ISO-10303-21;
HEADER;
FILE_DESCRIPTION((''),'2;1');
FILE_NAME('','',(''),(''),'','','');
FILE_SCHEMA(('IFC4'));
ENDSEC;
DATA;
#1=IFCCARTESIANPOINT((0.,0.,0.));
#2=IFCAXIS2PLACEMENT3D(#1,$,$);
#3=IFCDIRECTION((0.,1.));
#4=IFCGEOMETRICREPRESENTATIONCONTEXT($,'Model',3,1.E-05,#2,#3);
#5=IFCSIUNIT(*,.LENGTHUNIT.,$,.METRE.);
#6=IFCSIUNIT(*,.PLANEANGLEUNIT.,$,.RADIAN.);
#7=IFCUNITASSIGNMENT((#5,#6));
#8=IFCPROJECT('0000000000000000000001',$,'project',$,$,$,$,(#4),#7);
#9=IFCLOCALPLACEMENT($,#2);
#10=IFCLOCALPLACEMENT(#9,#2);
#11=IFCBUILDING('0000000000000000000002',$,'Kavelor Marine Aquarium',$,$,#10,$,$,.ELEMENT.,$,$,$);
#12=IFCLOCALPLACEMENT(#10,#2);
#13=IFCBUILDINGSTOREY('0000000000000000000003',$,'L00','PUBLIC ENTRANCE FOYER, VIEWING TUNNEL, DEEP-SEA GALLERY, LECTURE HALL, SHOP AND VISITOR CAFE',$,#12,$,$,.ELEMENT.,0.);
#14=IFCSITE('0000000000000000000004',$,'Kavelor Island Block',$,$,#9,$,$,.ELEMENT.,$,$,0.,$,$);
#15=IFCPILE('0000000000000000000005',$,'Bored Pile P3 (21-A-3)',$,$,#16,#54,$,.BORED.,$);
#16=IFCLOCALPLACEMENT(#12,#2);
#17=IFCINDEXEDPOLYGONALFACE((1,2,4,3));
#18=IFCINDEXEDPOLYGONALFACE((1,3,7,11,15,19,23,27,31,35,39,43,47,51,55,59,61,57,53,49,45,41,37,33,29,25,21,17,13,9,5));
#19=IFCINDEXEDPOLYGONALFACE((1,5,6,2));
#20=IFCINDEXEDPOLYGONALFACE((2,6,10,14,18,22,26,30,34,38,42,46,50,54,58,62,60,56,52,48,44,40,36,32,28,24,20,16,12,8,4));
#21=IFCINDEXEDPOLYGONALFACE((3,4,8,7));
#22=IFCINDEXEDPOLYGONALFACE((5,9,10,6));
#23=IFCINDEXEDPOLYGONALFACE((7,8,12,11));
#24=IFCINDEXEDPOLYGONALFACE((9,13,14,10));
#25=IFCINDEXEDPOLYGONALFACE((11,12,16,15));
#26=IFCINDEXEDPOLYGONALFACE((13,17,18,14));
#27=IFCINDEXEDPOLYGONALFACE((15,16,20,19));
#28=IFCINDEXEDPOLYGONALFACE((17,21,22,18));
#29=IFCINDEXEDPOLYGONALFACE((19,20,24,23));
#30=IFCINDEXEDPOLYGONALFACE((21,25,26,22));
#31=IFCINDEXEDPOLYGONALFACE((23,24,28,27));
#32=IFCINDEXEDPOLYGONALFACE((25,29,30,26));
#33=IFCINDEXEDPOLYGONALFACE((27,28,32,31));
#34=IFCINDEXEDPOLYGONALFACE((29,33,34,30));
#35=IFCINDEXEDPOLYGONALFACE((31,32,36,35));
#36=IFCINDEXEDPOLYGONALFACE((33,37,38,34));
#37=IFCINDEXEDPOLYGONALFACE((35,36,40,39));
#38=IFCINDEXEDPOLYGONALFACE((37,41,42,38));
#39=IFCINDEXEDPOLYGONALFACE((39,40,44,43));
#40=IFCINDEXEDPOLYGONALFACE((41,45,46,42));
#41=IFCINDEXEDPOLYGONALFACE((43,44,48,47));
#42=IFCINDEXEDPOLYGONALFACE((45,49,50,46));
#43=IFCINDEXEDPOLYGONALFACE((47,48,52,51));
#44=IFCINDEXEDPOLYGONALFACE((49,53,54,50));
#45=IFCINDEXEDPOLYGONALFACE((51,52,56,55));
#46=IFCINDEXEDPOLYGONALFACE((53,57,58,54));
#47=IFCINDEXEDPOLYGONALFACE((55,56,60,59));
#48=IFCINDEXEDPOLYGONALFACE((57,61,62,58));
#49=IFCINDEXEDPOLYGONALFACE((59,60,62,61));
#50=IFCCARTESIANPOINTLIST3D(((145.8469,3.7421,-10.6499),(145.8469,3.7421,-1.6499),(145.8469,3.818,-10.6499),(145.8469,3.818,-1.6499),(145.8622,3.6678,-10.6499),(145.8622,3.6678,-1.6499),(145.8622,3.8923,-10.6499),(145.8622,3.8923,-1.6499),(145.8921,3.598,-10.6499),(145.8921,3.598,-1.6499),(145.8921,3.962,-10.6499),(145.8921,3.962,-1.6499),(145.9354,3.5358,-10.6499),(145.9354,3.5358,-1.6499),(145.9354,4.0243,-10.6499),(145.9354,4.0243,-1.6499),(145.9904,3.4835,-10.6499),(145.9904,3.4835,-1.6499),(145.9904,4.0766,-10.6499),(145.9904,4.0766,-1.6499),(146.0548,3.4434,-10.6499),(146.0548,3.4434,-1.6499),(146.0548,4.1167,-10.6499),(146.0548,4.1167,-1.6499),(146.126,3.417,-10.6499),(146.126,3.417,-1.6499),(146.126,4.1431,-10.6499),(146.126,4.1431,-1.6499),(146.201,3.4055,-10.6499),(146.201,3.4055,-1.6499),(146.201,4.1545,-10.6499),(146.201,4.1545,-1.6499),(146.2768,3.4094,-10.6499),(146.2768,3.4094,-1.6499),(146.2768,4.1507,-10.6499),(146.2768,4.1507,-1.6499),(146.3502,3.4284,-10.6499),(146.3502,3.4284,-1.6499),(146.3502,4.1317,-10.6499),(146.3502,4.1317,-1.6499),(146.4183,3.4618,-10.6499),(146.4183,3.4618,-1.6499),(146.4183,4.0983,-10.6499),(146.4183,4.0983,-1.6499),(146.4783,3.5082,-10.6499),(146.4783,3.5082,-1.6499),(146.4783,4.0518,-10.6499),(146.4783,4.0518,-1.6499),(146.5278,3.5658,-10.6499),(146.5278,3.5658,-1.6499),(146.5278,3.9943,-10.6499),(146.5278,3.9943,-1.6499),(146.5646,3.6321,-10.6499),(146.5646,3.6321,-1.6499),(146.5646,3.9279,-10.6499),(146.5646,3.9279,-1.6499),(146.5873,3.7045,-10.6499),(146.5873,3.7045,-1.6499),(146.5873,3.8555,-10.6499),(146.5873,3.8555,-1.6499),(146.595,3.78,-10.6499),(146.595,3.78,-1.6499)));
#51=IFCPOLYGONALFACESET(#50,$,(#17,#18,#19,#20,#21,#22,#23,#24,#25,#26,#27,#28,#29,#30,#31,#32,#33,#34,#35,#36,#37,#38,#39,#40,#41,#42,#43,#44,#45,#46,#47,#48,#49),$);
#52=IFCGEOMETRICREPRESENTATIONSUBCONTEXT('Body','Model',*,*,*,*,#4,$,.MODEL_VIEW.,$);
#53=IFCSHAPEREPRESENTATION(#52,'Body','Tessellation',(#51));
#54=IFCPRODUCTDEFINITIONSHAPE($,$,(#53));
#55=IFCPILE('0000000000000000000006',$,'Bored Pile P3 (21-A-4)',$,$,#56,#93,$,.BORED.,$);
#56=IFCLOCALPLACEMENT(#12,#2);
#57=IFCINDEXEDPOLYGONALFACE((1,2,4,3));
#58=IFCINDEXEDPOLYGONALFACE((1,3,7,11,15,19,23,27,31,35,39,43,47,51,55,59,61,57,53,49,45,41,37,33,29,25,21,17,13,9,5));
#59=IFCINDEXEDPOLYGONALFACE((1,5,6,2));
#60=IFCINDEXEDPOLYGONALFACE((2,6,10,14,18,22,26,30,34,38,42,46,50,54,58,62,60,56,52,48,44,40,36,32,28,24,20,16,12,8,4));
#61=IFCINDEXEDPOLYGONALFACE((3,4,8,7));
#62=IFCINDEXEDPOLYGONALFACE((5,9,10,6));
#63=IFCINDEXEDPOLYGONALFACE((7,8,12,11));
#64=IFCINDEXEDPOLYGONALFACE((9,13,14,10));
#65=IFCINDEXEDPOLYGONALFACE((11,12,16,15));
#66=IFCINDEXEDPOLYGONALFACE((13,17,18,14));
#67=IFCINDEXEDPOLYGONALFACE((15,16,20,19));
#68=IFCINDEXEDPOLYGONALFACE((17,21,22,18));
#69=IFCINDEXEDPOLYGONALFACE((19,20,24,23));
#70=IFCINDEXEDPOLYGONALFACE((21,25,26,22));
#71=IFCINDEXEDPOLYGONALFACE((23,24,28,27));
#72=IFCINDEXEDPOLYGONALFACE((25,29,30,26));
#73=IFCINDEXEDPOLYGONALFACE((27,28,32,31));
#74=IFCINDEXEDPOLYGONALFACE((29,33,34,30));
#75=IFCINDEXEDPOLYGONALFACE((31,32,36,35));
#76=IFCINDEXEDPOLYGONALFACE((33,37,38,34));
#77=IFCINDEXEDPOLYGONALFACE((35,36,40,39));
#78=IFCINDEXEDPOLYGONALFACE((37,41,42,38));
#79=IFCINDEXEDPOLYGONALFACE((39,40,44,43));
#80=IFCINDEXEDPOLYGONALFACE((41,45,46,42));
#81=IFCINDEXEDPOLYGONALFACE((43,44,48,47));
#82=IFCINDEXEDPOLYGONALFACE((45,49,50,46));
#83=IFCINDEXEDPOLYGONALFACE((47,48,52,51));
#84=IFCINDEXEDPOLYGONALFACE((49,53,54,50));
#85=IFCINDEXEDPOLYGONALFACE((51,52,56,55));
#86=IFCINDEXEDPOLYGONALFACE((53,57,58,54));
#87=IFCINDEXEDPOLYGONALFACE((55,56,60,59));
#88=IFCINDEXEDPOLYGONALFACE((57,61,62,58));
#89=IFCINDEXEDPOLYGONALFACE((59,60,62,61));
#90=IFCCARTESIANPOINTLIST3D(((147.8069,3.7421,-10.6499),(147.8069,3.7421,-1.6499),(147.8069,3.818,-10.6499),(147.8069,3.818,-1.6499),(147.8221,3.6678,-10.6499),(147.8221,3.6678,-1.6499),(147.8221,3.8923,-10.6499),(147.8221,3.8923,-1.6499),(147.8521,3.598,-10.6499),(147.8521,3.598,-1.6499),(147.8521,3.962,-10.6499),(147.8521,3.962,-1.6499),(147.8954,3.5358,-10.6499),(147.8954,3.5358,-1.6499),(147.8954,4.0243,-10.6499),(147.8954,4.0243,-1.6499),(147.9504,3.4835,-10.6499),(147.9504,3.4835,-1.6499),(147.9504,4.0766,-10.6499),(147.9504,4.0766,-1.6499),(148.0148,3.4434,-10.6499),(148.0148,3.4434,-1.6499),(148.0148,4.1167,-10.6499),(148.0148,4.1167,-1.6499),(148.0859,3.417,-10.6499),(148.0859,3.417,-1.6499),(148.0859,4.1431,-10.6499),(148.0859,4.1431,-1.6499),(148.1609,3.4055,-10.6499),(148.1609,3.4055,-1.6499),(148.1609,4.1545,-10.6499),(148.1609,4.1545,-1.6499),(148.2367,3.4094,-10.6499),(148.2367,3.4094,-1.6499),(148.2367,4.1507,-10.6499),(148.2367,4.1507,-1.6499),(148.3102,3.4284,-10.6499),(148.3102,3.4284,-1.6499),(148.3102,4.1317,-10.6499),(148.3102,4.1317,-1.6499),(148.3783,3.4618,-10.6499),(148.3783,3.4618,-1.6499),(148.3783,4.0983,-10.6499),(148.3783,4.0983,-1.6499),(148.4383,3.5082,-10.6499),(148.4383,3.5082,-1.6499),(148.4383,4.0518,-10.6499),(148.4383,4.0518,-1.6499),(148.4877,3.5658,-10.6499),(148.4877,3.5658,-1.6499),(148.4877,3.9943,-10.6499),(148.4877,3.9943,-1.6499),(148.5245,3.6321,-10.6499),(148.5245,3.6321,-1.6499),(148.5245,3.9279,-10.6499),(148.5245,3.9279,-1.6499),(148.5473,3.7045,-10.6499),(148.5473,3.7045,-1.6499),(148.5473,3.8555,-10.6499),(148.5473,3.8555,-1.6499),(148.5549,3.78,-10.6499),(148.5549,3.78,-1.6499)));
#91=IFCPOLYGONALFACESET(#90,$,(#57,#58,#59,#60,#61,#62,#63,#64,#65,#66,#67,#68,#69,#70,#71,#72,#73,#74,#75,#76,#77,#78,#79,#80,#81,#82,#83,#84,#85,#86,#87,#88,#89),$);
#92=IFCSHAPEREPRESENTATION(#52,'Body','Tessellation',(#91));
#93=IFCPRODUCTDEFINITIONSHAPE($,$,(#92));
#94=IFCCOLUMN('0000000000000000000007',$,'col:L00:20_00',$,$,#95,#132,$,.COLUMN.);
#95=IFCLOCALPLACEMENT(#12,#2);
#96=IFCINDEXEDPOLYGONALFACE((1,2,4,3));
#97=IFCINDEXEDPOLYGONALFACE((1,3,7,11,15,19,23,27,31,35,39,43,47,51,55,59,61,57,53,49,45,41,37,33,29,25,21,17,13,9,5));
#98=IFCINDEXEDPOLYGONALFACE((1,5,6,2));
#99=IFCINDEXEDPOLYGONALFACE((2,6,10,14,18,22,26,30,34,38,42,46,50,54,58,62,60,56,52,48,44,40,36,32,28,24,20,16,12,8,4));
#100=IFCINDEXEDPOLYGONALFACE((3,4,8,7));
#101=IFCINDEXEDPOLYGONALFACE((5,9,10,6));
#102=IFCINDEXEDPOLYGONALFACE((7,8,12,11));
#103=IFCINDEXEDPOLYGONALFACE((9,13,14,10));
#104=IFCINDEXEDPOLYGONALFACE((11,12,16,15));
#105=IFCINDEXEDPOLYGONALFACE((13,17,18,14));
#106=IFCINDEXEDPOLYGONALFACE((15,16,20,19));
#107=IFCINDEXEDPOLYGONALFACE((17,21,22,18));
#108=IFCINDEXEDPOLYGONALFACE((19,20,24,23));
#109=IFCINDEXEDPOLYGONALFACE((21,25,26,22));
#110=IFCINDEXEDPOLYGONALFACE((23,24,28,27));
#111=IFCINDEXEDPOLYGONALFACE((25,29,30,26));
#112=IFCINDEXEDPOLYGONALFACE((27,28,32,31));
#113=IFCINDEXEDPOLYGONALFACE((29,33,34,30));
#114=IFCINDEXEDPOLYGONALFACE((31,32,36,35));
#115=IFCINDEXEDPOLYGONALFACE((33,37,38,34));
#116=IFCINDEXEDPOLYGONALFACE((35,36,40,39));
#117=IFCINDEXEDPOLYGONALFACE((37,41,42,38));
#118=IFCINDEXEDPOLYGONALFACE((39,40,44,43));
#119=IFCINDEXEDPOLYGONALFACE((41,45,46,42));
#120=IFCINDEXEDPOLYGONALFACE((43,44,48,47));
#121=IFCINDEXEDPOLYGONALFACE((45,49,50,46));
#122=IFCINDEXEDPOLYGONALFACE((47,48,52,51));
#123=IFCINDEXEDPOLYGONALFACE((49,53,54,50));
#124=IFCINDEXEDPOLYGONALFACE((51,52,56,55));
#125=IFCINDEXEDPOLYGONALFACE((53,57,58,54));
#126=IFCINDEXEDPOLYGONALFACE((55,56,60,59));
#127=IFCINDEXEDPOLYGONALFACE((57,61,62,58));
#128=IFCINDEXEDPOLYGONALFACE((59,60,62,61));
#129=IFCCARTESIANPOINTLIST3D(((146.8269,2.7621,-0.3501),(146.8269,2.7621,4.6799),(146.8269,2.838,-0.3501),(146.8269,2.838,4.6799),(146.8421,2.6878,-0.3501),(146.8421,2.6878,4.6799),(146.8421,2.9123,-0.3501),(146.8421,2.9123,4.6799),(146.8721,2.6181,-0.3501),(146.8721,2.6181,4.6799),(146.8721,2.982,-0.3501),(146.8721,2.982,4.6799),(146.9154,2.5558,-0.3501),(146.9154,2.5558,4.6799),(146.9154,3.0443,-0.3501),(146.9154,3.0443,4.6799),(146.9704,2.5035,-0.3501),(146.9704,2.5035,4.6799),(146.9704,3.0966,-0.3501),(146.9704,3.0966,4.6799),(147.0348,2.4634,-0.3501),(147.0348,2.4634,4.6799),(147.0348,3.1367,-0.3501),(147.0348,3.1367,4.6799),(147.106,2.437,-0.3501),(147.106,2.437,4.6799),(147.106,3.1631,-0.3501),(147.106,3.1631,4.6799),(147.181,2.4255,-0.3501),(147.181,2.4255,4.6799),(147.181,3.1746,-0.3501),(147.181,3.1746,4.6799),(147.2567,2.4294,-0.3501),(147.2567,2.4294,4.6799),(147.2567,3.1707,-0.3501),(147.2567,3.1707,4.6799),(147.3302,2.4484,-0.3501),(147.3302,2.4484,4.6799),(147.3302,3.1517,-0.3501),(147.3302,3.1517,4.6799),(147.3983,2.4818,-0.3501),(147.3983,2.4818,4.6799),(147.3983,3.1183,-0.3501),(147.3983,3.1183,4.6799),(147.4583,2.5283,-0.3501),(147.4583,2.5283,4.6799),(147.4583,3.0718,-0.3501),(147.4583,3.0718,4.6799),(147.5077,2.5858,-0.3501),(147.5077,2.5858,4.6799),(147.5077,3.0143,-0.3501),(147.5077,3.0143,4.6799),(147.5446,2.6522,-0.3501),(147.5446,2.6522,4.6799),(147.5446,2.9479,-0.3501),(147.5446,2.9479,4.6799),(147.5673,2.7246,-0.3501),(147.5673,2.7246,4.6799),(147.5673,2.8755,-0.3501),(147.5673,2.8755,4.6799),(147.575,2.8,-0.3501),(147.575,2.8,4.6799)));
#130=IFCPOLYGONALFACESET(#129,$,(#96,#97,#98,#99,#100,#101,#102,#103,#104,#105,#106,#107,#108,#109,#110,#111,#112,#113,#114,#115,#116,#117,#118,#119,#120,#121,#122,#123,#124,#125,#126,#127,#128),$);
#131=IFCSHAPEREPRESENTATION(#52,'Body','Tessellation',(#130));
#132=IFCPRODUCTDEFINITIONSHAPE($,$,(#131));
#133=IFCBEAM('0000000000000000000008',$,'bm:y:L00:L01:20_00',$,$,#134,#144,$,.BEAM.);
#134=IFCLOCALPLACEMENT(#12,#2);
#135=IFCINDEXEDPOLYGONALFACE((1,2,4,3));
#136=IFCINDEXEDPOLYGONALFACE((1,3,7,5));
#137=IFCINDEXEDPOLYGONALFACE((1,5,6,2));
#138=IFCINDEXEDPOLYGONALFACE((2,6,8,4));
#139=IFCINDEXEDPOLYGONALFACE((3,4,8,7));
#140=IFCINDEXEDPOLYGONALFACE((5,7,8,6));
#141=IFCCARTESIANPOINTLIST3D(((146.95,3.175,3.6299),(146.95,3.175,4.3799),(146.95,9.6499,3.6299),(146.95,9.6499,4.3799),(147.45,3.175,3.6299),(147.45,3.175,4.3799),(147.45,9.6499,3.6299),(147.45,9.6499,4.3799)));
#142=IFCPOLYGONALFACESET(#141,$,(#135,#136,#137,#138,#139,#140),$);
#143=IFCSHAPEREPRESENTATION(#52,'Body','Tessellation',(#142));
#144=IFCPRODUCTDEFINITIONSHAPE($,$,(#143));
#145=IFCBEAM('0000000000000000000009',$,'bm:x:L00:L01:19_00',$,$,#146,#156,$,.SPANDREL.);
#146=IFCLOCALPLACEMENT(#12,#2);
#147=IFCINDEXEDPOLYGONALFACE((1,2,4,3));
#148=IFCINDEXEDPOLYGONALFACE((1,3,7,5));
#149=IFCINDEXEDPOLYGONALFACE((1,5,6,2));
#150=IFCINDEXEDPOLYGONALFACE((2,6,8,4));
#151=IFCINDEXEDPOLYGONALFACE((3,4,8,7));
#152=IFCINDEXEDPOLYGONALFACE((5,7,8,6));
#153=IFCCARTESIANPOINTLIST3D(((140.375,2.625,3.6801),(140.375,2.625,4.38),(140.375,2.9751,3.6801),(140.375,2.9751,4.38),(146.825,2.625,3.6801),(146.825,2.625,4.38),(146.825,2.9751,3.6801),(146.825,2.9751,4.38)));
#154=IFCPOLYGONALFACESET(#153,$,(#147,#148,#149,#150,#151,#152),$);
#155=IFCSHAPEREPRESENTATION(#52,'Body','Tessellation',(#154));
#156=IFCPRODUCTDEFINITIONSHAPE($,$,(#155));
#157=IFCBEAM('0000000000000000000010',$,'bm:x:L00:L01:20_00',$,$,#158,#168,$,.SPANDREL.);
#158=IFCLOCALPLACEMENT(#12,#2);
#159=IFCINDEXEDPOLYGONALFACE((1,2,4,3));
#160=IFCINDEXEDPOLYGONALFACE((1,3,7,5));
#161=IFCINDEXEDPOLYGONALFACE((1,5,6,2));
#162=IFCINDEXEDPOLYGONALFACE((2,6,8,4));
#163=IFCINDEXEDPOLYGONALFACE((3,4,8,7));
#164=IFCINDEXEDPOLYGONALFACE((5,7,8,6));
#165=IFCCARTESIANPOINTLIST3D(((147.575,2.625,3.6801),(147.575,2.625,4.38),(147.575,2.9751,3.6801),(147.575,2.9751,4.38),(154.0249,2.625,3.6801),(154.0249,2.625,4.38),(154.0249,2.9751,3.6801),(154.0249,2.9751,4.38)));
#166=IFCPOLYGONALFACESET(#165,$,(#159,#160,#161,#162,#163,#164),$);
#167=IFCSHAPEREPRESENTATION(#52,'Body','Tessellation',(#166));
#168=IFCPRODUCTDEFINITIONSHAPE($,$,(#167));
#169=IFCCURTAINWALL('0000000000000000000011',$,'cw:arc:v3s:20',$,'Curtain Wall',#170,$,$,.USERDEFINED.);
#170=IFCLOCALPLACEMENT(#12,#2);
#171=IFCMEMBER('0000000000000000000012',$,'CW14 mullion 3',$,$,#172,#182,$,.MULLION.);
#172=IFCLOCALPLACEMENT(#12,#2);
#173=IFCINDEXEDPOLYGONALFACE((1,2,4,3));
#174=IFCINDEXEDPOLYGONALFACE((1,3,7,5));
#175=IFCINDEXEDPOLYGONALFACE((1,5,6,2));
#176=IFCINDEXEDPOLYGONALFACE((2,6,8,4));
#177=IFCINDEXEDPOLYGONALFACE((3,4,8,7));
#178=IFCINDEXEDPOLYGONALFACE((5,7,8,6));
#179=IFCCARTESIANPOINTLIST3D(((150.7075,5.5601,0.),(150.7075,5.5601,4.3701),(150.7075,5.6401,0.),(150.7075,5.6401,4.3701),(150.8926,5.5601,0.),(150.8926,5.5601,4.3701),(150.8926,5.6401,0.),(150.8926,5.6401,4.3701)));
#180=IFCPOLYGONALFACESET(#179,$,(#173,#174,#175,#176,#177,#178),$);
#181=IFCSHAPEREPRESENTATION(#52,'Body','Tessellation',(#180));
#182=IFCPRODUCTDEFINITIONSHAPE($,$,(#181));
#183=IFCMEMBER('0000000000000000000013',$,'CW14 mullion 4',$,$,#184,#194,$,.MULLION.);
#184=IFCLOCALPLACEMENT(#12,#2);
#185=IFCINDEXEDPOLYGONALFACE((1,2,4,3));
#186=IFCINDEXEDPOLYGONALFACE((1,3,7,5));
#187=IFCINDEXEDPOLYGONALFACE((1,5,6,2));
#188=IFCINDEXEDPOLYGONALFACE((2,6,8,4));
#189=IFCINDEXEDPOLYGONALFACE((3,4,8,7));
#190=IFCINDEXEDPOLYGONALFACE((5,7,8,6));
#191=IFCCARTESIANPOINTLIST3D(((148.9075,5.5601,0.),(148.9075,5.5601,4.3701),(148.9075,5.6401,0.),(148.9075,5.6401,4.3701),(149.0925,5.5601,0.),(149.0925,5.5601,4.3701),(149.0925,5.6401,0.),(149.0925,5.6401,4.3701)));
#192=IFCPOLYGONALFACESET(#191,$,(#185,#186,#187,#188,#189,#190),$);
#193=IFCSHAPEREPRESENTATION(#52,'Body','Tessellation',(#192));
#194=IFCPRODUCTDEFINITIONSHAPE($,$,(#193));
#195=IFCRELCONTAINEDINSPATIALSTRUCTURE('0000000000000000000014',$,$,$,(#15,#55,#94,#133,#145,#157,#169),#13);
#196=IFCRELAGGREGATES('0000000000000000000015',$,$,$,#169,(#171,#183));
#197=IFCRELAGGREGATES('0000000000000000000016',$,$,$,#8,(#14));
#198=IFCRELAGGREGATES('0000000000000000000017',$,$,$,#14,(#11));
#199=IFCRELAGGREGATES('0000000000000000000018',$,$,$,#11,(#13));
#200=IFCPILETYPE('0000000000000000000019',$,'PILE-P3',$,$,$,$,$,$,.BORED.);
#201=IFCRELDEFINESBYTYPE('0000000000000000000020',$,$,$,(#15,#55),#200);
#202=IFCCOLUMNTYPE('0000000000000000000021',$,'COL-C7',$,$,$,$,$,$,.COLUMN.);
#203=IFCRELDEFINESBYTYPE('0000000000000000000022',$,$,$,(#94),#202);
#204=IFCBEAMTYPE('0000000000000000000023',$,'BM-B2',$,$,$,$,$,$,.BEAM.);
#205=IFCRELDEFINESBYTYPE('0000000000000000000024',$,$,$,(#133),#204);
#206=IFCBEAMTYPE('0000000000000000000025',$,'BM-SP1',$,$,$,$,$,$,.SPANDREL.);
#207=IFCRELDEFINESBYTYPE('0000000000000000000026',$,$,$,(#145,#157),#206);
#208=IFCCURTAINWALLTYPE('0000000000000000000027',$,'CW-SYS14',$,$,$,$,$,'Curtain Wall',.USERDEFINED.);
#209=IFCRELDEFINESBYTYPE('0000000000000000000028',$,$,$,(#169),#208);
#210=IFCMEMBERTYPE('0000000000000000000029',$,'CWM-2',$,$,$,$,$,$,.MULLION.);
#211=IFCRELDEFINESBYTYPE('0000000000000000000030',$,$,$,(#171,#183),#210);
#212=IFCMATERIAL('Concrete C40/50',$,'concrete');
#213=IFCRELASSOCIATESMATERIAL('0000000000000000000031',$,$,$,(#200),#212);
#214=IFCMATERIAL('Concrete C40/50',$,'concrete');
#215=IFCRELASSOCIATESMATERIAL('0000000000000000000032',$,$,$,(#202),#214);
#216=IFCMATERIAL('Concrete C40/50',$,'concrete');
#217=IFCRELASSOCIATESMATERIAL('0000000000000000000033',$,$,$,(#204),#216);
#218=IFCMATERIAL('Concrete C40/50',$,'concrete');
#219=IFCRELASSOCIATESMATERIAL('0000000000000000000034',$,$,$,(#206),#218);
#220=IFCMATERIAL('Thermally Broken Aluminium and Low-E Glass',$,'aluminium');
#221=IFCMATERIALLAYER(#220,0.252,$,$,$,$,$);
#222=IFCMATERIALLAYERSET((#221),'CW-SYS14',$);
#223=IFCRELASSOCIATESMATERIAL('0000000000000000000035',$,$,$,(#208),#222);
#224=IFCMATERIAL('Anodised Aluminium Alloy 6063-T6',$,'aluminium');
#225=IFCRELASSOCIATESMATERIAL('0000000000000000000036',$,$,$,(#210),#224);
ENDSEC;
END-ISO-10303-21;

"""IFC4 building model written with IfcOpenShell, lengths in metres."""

from ifc_helpers import new_model, si_unit, direction, frame, origin, origin_2d, place, context, subcontext, project, spatial, rectangle, circle, extrude, material, layer, layer_set, material_profile, profile_set, type_object, element, aggregate, save


model = new_model("IFC4")

# Units and contexts
model_context = context("Model", 3, precision=1e-05, world=origin(), true_north=direction((0.0, 1.0)))
body_context = subcontext(model_context, "Body", "Model", "MODEL_VIEW")
ifc_project = project(units=[si_unit("LENGTHUNIT", "METRE"), si_unit("PLANEANGLEUNIT", "RADIAN")], contexts=[model_context])

# Site, building, storey
site_placement = place(None, origin())
site = spatial("IfcSite", under=ifc_project, at=site_placement, Name="Kavelor Island Block", CompositionType="ELEMENT", RefElevation=0.0)
building_placement = place(site_placement, origin())
building = spatial("IfcBuilding", under=site, at=building_placement, Name="Kavelor Marine Aquarium", CompositionType="ELEMENT")
storey_placement = place(building_placement, origin())
storey = spatial("IfcBuildingStorey", under=building, at=storey_placement, Name="L00", Description="PUBLIC ENTRANCE FOYER, VIEWING TUNNEL, DEEP-SEA GALLERY, LECTURE HALL, SHOP AND VISITOR CAFE", CompositionType="ELEMENT", Elevation=0.0)

# Piles
ifc_material_1 = material(Name="Concrete C40/50", Category="concrete")
ifc_material_profile_1 = material_profile(ifc_material_1, circle(Radius=0.375, at=origin_2d()), Name="PILE D750")
ifc_profile_set_1 = profile_set([ifc_material_profile_1], Name="Concrete C40/50")
pile_type = type_object("IfcPileType", Name="PILE-P3", PredefinedType="BORED", material=ifc_profile_set_1)
for number, where, z_axis, x_axis, name in (
    (1, (146.22, 3.78, -1.6499), (0.0, 0.0, -1.0), (1.0, 0.0, 0.0), "Bored Pile P3 (21-A-3)"),
    (2, (148.1799, 3.78, -1.6499), (0.0, 0.0, -1.0), (1.0, 0.0, 0.0), "Bored Pile P3 (21-A-4)"),
):
    element("IfcPile", number, at=place(storey_placement, frame(where, z_axis=z_axis, x_axis=x_axis)), inside=storey, type_object=pile_type, Name=name, PredefinedType="BORED", context=body_context, shape_type="SweptSolid", body=[
        extrude(circle(Radius=0.375, at=origin_2d()), origin(), (0.0, 0.0, 1.0), 9.0),
    ])

# Column
ifc_material_2 = material(Name="Concrete C40/50", Category="concrete")
ifc_material_profile_2 = material_profile(ifc_material_2, circle(Radius=0.375, at=origin_2d()), Name="RC-COL D750")
ifc_profile_set_2 = profile_set([ifc_material_profile_2], Name="Concrete C40/50")
column_type = type_object("IfcColumnType", Name="COL-C7", PredefinedType="COLUMN", material=ifc_profile_set_2)
column_placement = place(storey_placement, frame((147.2, 2.8, -0.3501), z_axis=(0.0, 0.0, 1.0), x_axis=(1.0, 0.0, 0.0)))
element("IfcColumn", 3, at=column_placement, inside=storey, type_object=column_type, Name="col:L00:20_00", PredefinedType="COLUMN", context=body_context, shape_type="SweptSolid", body=[
    extrude(circle(Radius=0.375, at=origin_2d()), origin(), (0.0, 0.0, 1.0), 5.03),
])

# Beams
ifc_material_3 = material(Name="Concrete C40/50", Category="concrete")
ifc_material_profile_3 = material_profile(ifc_material_3, rectangle(XDim=0.5, YDim=0.75, at=origin_2d()), Name="RC-BM 500x750")
ifc_profile_set_3 = profile_set([ifc_material_profile_3], Name="Concrete C40/50")
beam_type_1 = type_object("IfcBeamType", Name="BM-B2", PredefinedType="BEAM", material=ifc_profile_set_3)
beam_placement = place(storey_placement, frame((147.2, 3.175, 4.0049), z_axis=(0.0, 1.0, 0.0), x_axis=(-1.0, 0.0, 0.0)))
element("IfcBeam", 4, at=beam_placement, inside=storey, type_object=beam_type_1, Name="bm:y:L00:L01:20_00", PredefinedType="BEAM", context=body_context, shape_type="SweptSolid", body=[
    extrude(rectangle(XDim=0.5, YDim=0.75, at=origin_2d()), origin(), (0.0, 0.0, 1.0), 6.4749),
])
ifc_material_4 = material(Name="Concrete C40/50", Category="concrete")
ifc_material_profile_4 = material_profile(ifc_material_4, rectangle(XDim=0.3501, YDim=0.7, at=origin_2d()), Name="RC-SP 350x700")
ifc_profile_set_4 = profile_set([ifc_material_profile_4], Name="Concrete C40/50")
beam_type_2 = type_object("IfcBeamType", Name="BM-SP1", PredefinedType="SPANDREL", material=ifc_profile_set_4)
for number, where, z_axis, x_axis, name in (
    (5, (140.375, 2.8, 4.03), (1.0, 0.0, 0.0), (0.0, 1.0, 0.0), "bm:x:L00:L01:19_00"),
    (6, (147.575, 2.8, 4.03), (1.0, 0.0, 0.0), (0.0, 1.0, 0.0), "bm:x:L00:L01:20_00"),
):
    element("IfcBeam", number, at=place(storey_placement, frame(where, z_axis=z_axis, x_axis=x_axis)), inside=storey, type_object=beam_type_2, Name=name, PredefinedType="SPANDREL", context=body_context, shape_type="SweptSolid", body=[
        extrude(rectangle(XDim=0.3501, YDim=0.7, at=origin_2d()), origin(), (0.0, 0.0, 1.0), 6.45),
    ])

# Curtain wall, members
ifc_material_5 = material(Name="Thermally Broken Aluminium and Low-E Glass", Category="aluminium")
ifc_layer_1 = layer(ifc_material_5, 0.252)
ifc_layer_set_1 = layer_set([ifc_layer_1], Name="CW-SYS14")
curtain_wall_type = type_object("IfcCurtainWallType", Name="CW-SYS14", ElementType="Curtain Wall", PredefinedType="USERDEFINED", material=ifc_layer_set_1)
curtain_wall_placement = place(storey_placement, origin())
curtain_wall = element("IfcCurtainWall", 7, at=curtain_wall_placement, inside=storey, type_object=curtain_wall_type, Name="cw:arc:v3s:20", ObjectType="Curtain Wall", PredefinedType="USERDEFINED")
ifc_material_6 = material(Name="Anodised Aluminium Alloy 6063-T6", Category="aluminium")
ifc_material_profile_5 = material_profile(ifc_material_6, rectangle(XDim=0.0801, YDim=0.1851, at=origin_2d()), Name="CW-MUL 80x185")
ifc_profile_set_5 = profile_set([ifc_material_profile_5], Name="Anodised Aluminium Alloy 6063-T6")
member_type_1 = type_object("IfcMemberType", Name="CWM-2", PredefinedType="MULLION", material=ifc_profile_set_5)
member_1_placement = place(storey_placement, frame((150.8, 5.6001, 0.0), z_axis=(0.0, 0.0, 1.0), x_axis=(0.0, -1.0, 0.0)))
member_1 = element("IfcMember", 8, at=member_1_placement, type_object=member_type_1, Name="CW14 mullion 3", PredefinedType="MULLION", context=body_context, shape_type="SweptSolid", body=[
    extrude(rectangle(XDim=0.0801, YDim=0.1851, at=origin_2d()), origin(), (0.0, 0.0, 1.0), 4.3701),
])
member_2_placement = place(storey_placement, frame((149.0, 5.6001, 0.0), z_axis=(0.0, 0.0, 1.0), x_axis=(0.0, -1.0, 0.0)))
member_2 = element("IfcMember", 9, at=member_2_placement, type_object=member_type_1, Name="CW14 mullion 4", PredefinedType="MULLION", context=body_context, shape_type="SweptSolid", body=[
    extrude(rectangle(XDim=0.0801, YDim=0.1851, at=origin_2d()), origin(), (0.0, 0.0, 1.0), 4.3701),
])
aggregate(curtain_wall, [member_1, member_2])

save(model, "model.ifc")
